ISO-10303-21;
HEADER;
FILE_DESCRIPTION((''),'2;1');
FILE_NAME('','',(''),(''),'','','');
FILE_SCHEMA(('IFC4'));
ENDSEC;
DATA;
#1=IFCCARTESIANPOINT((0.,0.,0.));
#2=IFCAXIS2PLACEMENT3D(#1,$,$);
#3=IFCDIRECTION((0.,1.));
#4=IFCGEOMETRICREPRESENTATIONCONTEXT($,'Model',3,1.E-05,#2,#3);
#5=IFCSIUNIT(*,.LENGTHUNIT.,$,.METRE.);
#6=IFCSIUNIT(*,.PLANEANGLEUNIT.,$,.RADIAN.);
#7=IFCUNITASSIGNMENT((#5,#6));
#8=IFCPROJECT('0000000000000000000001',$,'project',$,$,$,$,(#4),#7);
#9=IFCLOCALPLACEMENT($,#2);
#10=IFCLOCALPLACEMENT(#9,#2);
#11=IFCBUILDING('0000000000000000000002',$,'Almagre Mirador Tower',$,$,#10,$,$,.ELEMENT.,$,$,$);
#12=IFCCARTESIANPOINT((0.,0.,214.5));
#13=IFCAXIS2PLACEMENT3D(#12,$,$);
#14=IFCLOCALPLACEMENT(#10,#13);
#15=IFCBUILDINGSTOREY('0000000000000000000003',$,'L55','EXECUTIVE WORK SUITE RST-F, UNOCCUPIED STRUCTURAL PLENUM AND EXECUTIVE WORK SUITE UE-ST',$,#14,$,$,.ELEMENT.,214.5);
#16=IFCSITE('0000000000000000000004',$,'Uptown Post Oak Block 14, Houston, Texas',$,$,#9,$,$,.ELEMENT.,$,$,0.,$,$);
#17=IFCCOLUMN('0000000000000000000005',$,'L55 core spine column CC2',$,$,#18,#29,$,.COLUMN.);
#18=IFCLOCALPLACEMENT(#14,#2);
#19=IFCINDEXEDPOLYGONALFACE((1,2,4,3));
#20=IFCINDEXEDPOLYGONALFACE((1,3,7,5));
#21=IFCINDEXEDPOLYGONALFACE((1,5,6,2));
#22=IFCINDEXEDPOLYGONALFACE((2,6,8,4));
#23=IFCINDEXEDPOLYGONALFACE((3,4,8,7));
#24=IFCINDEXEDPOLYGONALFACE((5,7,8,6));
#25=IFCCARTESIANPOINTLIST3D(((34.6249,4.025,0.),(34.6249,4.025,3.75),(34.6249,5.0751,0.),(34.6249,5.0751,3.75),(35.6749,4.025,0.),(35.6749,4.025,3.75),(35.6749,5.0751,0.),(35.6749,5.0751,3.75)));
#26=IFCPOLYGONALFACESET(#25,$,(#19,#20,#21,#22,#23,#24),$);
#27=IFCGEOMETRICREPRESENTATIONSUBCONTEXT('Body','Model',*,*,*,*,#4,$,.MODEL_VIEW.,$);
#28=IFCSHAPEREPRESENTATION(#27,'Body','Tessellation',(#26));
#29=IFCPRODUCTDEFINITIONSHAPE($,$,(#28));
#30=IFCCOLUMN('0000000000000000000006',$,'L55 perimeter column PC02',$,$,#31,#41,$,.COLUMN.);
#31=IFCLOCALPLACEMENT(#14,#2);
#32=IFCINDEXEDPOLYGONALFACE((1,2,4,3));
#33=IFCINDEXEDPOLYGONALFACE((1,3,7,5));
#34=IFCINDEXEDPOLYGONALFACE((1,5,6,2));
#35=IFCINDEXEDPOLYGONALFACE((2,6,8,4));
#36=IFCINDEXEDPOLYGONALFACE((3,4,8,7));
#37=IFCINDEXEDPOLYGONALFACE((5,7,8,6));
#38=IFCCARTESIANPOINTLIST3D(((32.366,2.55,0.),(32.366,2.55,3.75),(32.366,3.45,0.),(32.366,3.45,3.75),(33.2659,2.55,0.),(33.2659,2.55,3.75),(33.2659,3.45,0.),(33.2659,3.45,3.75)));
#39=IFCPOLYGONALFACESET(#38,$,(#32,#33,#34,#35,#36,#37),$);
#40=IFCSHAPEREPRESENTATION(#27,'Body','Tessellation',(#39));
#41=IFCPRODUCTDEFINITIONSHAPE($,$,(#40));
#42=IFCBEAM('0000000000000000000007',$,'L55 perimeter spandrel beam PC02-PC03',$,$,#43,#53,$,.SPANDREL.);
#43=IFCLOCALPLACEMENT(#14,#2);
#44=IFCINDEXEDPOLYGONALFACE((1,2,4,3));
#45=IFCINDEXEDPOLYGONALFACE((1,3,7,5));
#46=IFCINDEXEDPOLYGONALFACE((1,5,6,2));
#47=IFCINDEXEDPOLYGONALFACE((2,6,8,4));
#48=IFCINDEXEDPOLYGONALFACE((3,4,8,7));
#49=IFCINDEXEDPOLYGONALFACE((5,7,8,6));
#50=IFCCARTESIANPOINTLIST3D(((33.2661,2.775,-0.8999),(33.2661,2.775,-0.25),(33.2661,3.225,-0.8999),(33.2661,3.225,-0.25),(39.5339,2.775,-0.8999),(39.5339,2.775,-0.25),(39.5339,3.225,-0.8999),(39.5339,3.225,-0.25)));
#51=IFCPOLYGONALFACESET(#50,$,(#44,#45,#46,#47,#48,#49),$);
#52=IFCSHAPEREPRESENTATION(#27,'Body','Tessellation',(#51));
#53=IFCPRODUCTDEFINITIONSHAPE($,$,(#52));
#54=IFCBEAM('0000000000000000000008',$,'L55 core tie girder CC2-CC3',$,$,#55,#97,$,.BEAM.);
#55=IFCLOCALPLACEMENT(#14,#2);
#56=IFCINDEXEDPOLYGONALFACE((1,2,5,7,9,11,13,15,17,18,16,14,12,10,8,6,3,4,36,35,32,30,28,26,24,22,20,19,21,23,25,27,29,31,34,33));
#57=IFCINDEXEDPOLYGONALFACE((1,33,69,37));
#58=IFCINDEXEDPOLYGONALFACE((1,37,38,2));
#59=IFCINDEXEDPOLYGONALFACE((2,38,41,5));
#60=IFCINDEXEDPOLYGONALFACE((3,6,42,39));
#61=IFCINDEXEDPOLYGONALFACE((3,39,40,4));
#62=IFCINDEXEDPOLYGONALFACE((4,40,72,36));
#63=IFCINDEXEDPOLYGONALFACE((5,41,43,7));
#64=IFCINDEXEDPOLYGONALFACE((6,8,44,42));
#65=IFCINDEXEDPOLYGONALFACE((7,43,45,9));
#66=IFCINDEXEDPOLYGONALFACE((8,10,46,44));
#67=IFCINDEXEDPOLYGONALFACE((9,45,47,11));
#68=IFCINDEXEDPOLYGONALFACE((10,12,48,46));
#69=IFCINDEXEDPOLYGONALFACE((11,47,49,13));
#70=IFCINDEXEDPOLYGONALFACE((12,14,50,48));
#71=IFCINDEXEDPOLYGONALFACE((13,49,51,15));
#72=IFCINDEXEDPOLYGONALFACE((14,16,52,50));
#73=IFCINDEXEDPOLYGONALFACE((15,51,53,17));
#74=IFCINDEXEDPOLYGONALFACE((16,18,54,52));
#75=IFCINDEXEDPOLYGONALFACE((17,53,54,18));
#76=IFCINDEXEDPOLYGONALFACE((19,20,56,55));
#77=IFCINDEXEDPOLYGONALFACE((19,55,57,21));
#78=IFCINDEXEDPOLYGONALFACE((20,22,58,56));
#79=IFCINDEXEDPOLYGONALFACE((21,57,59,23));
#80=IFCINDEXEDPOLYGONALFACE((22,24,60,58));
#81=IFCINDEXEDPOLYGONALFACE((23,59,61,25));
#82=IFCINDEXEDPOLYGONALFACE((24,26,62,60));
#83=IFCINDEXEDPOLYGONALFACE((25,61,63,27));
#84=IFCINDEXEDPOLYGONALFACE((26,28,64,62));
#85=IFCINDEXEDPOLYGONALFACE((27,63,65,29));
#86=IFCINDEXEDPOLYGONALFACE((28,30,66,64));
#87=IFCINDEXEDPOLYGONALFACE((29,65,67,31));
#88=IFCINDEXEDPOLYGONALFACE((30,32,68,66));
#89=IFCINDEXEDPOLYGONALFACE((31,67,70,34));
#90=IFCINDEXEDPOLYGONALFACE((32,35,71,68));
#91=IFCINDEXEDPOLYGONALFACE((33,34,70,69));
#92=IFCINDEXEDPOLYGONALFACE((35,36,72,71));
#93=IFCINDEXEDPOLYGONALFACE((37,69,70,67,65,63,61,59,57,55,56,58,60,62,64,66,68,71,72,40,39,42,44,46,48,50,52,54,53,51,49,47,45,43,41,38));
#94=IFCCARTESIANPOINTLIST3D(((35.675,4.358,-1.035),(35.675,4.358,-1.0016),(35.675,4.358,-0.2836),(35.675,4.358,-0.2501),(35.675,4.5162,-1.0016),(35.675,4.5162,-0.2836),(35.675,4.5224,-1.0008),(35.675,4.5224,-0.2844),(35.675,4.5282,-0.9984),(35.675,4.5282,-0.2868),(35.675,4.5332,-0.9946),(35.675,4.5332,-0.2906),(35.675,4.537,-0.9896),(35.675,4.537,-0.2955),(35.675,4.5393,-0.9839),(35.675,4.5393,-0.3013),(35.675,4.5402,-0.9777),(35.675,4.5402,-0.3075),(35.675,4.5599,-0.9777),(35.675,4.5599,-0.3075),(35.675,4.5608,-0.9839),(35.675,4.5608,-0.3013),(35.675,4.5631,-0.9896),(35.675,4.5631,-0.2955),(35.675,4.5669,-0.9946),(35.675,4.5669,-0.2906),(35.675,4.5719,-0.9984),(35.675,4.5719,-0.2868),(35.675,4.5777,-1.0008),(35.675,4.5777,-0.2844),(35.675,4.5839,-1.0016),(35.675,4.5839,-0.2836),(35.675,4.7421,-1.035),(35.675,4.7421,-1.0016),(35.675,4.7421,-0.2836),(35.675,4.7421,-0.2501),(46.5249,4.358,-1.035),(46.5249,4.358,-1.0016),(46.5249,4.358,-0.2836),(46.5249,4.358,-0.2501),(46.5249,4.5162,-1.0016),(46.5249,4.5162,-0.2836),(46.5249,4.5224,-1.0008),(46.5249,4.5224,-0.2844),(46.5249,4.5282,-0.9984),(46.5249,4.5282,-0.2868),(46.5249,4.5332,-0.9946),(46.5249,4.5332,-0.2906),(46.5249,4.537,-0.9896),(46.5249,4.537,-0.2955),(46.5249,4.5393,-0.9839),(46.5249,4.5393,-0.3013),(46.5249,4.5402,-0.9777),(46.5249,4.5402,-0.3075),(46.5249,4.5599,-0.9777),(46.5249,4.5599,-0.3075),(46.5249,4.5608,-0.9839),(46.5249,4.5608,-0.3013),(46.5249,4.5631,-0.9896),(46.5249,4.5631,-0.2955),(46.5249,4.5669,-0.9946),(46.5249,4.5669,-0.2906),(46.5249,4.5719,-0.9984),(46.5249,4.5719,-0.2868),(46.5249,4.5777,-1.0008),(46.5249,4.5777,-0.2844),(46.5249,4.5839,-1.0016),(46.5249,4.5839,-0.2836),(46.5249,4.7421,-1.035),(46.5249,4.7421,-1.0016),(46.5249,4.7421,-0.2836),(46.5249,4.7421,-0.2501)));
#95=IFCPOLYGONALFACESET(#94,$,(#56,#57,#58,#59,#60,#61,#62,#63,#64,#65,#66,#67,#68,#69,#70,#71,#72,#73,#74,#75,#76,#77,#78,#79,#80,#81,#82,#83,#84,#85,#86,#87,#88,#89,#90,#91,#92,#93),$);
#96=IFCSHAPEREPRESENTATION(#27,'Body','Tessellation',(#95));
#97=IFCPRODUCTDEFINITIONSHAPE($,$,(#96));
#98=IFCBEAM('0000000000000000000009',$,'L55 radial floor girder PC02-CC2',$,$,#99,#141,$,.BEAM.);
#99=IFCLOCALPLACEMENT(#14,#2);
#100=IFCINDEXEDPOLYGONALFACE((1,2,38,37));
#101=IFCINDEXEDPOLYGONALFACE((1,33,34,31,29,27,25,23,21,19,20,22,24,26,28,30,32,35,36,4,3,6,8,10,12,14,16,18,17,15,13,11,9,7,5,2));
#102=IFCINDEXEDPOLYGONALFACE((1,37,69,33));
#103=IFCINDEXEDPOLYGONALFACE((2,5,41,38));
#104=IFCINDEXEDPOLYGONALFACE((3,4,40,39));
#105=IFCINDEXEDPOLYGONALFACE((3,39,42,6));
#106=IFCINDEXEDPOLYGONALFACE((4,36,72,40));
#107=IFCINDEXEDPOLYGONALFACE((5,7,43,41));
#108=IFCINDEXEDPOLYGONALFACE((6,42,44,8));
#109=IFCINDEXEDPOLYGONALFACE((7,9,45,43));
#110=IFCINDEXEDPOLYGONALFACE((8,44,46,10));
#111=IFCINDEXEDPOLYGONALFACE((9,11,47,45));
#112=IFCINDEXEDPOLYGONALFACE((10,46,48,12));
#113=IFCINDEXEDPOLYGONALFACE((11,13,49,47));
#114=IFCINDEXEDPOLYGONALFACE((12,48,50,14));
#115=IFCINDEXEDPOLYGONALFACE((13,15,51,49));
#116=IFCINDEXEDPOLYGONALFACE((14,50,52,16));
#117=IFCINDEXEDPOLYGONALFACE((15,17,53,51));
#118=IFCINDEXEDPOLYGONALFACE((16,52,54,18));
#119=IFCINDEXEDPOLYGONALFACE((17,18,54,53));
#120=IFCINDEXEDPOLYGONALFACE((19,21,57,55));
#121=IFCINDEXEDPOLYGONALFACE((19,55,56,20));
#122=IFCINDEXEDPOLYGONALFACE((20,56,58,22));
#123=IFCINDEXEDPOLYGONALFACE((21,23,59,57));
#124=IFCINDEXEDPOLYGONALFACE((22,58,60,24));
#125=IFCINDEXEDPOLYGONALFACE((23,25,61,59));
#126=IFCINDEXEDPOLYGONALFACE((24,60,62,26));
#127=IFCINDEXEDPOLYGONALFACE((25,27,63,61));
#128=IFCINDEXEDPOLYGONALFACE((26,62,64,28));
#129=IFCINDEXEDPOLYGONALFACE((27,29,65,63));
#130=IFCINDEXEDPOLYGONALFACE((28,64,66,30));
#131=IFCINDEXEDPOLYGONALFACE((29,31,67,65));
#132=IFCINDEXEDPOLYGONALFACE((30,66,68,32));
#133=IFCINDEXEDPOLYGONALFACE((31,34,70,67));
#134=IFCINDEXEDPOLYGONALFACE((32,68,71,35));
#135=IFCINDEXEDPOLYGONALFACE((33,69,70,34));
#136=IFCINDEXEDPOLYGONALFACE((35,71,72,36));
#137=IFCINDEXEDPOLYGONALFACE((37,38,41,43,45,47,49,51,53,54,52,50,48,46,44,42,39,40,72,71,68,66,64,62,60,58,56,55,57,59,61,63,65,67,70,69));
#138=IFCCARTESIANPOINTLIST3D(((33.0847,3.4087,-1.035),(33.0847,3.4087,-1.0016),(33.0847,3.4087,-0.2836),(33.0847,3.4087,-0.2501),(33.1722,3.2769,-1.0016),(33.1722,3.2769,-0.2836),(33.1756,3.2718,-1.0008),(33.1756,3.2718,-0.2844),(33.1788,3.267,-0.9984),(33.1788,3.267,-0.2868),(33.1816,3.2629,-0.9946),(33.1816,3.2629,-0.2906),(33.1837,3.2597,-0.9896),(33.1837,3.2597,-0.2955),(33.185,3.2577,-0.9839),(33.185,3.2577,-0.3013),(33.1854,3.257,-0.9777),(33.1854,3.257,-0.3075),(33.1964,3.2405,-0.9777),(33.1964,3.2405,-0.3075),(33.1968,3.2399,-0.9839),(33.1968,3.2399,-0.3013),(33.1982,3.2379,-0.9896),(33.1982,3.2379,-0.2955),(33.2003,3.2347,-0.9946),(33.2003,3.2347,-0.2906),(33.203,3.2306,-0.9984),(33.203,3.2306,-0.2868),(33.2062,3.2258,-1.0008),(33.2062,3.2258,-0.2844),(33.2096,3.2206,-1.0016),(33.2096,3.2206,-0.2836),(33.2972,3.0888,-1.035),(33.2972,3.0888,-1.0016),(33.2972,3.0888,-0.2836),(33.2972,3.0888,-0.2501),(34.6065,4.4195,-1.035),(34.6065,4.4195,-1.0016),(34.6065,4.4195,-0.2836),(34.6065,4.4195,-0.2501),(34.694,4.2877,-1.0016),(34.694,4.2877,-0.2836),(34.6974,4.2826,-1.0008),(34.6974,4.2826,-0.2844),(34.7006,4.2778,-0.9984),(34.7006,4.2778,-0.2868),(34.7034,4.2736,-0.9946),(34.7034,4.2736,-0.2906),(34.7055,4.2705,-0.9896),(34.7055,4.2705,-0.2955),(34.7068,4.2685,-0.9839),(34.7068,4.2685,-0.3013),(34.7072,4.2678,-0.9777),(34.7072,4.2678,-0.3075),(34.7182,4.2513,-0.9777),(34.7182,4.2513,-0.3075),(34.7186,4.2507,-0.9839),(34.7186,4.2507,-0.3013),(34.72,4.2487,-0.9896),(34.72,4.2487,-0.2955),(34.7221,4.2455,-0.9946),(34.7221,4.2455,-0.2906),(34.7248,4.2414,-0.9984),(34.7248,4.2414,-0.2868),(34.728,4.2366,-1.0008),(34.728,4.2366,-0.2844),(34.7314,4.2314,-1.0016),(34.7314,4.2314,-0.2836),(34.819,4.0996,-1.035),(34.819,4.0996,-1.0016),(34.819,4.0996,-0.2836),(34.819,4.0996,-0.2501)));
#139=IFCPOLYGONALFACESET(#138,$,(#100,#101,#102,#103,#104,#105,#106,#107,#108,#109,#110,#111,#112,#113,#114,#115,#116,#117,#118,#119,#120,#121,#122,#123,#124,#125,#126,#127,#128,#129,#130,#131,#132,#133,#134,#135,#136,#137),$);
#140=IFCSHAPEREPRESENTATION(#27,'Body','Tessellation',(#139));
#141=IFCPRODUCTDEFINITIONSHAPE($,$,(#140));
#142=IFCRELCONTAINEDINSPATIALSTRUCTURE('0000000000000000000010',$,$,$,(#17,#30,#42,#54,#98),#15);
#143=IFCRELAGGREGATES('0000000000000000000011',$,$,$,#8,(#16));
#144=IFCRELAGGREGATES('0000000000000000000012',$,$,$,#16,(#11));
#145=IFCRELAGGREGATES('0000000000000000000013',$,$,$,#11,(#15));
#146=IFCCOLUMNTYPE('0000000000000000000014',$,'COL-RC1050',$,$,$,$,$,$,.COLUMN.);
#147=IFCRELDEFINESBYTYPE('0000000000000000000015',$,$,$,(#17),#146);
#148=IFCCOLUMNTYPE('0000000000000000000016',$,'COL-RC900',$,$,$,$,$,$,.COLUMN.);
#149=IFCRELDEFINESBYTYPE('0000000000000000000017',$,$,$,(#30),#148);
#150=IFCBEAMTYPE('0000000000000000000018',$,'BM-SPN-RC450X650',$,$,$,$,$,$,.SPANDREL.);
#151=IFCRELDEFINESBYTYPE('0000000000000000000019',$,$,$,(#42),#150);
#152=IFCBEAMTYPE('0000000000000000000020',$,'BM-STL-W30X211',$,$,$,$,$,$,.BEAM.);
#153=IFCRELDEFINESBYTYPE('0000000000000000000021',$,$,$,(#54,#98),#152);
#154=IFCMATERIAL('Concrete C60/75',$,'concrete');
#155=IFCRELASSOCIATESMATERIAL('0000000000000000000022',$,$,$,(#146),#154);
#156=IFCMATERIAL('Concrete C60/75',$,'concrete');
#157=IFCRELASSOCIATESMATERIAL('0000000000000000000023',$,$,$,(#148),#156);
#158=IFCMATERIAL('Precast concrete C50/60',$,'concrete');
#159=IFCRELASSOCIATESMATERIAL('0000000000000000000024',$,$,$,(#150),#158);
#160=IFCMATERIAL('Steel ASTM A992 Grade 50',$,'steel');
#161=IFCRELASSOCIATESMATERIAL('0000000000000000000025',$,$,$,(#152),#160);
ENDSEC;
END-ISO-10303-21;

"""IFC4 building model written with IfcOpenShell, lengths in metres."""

from ifc_helpers import new_model, si_unit, direction, frame, origin, origin_2d, place, context, subcontext, project, spatial, rectangle, i_section, extrude, material, material_profile, profile_set, type_object, element, save


model = new_model("IFC4")

# Units and contexts
model_context = context("Model", 3, precision=1e-05, world=origin(), true_north=direction((0.0, 1.0)))
body_context = subcontext(model_context, "Body", "Model", "MODEL_VIEW")
ifc_project = project(units=[si_unit("LENGTHUNIT", "METRE"), si_unit("PLANEANGLEUNIT", "RADIAN")], contexts=[model_context])

# Site, building, storey
site_placement = place(None, origin())
site = spatial("IfcSite", under=ifc_project, at=site_placement, Name="Uptown Post Oak Block 14, Houston, Texas", CompositionType="ELEMENT", RefElevation=0.0)
building_placement = place(site_placement, origin())
building = spatial("IfcBuilding", under=site, at=building_placement, Name="Almagre Mirador Tower", CompositionType="ELEMENT")
storey_placement = place(building_placement, frame((0.0, 0.0, 214.5)))
storey = spatial("IfcBuildingStorey", under=building, at=storey_placement, Name="L55", Description="EXECUTIVE WORK SUITE RST-F, UNOCCUPIED STRUCTURAL PLENUM AND EXECUTIVE WORK SUITE UE-ST", CompositionType="ELEMENT", Elevation=214.5)

# Columns
ifc_material_1 = material(Name="Concrete C60/75", Category="concrete")
ifc_material_profile_1 = material_profile(ifc_material_1, rectangle(XDim=1.05, YDim=1.05, at=origin_2d()), Name="RC1050X1050")
ifc_profile_set_1 = profile_set([ifc_material_profile_1], Name="Concrete C60/75")
column_type_1 = type_object("IfcColumnType", Name="COL-RC1050", PredefinedType="COLUMN", material=ifc_profile_set_1)
column_1_placement = place(storey_placement, frame((35.1499, 4.55, 0.0), z_axis=(0.0, 0.0, 1.0), x_axis=(1.0, 0.0, 0.0)))
element("IfcColumn", 1, at=column_1_placement, inside=storey, type_object=column_type_1, Name="L55 core spine column CC2", PredefinedType="COLUMN", context=body_context, shape_type="SweptSolid", body=[
    extrude(rectangle(XDim=1.05, YDim=1.05, at=origin_2d()), origin(), (0.0, 0.0, 1.0), 3.75),
])
ifc_material_2 = material(Name="Concrete C60/75", Category="concrete")
ifc_material_profile_2 = material_profile(ifc_material_2, rectangle(XDim=0.8999, YDim=0.8999, at=origin_2d()), Name="RC900X900")
ifc_profile_set_2 = profile_set([ifc_material_profile_2], Name="Concrete C60/75")
column_type_2 = type_object("IfcColumnType", Name="COL-RC900", PredefinedType="COLUMN", material=ifc_profile_set_2)
column_2_placement = place(storey_placement, frame((32.8159, 3.0, 0.0), z_axis=(0.0, 0.0, 1.0), x_axis=(1.0, 0.0, 0.0)))
element("IfcColumn", 2, at=column_2_placement, inside=storey, type_object=column_type_2, Name="L55 perimeter column PC02", PredefinedType="COLUMN", context=body_context, shape_type="SweptSolid", body=[
    extrude(rectangle(XDim=0.8999, YDim=0.8999, at=origin_2d()), origin(), (0.0, 0.0, 1.0), 3.75),
])

# Beams
ifc_material_3 = material(Name="Precast concrete C50/60", Category="concrete")
ifc_material_profile_3 = material_profile(ifc_material_3, rectangle(XDim=0.45, YDim=0.6499, at=origin_2d()), Name="RC450X650")
ifc_profile_set_3 = profile_set([ifc_material_profile_3], Name="Precast concrete C50/60")
beam_type_1 = type_object("IfcBeamType", Name="BM-SPN-RC450X650", PredefinedType="SPANDREL", material=ifc_profile_set_3)
beam_1_placement = place(storey_placement, frame((33.2661, 3.0, -0.575), z_axis=(1.0, 0.0, 0.0), x_axis=(0.0, 1.0, 0.0)))
element("IfcBeam", 3, at=beam_1_placement, inside=storey, type_object=beam_type_1, Name="L55 perimeter spandrel beam PC02-PC03", PredefinedType="SPANDREL", context=body_context, shape_type="SweptSolid", body=[
    extrude(rectangle(XDim=0.45, YDim=0.6499, at=origin_2d()), origin(), (0.0, 0.0, 1.0), 6.2678),
])
ifc_material_4 = material(Name="Steel ASTM A992 Grade 50", Category="steel")
ifc_material_profile_4 = material_profile(ifc_material_4, i_section(OverallWidth=0.384, OverallDepth=0.7849, WebThickness=0.0198, FlangeThickness=0.0334, FilletRadius=0.0239, at=origin_2d()), Name="W30X211")
ifc_profile_set_4 = profile_set([ifc_material_profile_4], Name="Steel ASTM A992 Grade 50")
beam_type_2 = type_object("IfcBeamType", Name="BM-STL-W30X211", PredefinedType="BEAM", material=ifc_profile_set_4)
beam_2_placement = place(storey_placement, frame((35.675, 4.55, -0.6426), z_axis=(1.0, 0.0, 0.0), x_axis=(0.0, 1.0, 0.0)))
element("IfcBeam", 4, at=beam_2_placement, inside=storey, type_object=beam_type_2, Name="L55 core tie girder CC2-CC3", PredefinedType="BEAM", context=body_context, shape_type="SweptSolid", body=[
    extrude(i_section(OverallWidth=0.384, OverallDepth=0.7849, WebThickness=0.0198, FlangeThickness=0.0334, FilletRadius=0.0239, at=origin_2d()), origin(), (0.0, 0.0, 1.0), 10.8499),
])
beam_3_placement = place(storey_placement, frame((33.1909, 3.2488, -0.6426), z_axis=(0.832995, 0.553281, 0.0), x_axis=(-0.553281, 0.832995, 0.0)))
element("IfcBeam", 5, at=beam_3_placement, inside=storey, type_object=beam_type_2, Name="L55 radial floor girder PC02-CC2", PredefinedType="BEAM", context=body_context, shape_type="SweptSolid", body=[
    extrude(i_section(OverallWidth=0.384, OverallDepth=0.7849, WebThickness=0.0198, FlangeThickness=0.0334, FilletRadius=0.0239, at=origin_2d()), origin(), (0.0, 0.0, 1.0), 1.8269),
])

save(model, "model.ifc")
